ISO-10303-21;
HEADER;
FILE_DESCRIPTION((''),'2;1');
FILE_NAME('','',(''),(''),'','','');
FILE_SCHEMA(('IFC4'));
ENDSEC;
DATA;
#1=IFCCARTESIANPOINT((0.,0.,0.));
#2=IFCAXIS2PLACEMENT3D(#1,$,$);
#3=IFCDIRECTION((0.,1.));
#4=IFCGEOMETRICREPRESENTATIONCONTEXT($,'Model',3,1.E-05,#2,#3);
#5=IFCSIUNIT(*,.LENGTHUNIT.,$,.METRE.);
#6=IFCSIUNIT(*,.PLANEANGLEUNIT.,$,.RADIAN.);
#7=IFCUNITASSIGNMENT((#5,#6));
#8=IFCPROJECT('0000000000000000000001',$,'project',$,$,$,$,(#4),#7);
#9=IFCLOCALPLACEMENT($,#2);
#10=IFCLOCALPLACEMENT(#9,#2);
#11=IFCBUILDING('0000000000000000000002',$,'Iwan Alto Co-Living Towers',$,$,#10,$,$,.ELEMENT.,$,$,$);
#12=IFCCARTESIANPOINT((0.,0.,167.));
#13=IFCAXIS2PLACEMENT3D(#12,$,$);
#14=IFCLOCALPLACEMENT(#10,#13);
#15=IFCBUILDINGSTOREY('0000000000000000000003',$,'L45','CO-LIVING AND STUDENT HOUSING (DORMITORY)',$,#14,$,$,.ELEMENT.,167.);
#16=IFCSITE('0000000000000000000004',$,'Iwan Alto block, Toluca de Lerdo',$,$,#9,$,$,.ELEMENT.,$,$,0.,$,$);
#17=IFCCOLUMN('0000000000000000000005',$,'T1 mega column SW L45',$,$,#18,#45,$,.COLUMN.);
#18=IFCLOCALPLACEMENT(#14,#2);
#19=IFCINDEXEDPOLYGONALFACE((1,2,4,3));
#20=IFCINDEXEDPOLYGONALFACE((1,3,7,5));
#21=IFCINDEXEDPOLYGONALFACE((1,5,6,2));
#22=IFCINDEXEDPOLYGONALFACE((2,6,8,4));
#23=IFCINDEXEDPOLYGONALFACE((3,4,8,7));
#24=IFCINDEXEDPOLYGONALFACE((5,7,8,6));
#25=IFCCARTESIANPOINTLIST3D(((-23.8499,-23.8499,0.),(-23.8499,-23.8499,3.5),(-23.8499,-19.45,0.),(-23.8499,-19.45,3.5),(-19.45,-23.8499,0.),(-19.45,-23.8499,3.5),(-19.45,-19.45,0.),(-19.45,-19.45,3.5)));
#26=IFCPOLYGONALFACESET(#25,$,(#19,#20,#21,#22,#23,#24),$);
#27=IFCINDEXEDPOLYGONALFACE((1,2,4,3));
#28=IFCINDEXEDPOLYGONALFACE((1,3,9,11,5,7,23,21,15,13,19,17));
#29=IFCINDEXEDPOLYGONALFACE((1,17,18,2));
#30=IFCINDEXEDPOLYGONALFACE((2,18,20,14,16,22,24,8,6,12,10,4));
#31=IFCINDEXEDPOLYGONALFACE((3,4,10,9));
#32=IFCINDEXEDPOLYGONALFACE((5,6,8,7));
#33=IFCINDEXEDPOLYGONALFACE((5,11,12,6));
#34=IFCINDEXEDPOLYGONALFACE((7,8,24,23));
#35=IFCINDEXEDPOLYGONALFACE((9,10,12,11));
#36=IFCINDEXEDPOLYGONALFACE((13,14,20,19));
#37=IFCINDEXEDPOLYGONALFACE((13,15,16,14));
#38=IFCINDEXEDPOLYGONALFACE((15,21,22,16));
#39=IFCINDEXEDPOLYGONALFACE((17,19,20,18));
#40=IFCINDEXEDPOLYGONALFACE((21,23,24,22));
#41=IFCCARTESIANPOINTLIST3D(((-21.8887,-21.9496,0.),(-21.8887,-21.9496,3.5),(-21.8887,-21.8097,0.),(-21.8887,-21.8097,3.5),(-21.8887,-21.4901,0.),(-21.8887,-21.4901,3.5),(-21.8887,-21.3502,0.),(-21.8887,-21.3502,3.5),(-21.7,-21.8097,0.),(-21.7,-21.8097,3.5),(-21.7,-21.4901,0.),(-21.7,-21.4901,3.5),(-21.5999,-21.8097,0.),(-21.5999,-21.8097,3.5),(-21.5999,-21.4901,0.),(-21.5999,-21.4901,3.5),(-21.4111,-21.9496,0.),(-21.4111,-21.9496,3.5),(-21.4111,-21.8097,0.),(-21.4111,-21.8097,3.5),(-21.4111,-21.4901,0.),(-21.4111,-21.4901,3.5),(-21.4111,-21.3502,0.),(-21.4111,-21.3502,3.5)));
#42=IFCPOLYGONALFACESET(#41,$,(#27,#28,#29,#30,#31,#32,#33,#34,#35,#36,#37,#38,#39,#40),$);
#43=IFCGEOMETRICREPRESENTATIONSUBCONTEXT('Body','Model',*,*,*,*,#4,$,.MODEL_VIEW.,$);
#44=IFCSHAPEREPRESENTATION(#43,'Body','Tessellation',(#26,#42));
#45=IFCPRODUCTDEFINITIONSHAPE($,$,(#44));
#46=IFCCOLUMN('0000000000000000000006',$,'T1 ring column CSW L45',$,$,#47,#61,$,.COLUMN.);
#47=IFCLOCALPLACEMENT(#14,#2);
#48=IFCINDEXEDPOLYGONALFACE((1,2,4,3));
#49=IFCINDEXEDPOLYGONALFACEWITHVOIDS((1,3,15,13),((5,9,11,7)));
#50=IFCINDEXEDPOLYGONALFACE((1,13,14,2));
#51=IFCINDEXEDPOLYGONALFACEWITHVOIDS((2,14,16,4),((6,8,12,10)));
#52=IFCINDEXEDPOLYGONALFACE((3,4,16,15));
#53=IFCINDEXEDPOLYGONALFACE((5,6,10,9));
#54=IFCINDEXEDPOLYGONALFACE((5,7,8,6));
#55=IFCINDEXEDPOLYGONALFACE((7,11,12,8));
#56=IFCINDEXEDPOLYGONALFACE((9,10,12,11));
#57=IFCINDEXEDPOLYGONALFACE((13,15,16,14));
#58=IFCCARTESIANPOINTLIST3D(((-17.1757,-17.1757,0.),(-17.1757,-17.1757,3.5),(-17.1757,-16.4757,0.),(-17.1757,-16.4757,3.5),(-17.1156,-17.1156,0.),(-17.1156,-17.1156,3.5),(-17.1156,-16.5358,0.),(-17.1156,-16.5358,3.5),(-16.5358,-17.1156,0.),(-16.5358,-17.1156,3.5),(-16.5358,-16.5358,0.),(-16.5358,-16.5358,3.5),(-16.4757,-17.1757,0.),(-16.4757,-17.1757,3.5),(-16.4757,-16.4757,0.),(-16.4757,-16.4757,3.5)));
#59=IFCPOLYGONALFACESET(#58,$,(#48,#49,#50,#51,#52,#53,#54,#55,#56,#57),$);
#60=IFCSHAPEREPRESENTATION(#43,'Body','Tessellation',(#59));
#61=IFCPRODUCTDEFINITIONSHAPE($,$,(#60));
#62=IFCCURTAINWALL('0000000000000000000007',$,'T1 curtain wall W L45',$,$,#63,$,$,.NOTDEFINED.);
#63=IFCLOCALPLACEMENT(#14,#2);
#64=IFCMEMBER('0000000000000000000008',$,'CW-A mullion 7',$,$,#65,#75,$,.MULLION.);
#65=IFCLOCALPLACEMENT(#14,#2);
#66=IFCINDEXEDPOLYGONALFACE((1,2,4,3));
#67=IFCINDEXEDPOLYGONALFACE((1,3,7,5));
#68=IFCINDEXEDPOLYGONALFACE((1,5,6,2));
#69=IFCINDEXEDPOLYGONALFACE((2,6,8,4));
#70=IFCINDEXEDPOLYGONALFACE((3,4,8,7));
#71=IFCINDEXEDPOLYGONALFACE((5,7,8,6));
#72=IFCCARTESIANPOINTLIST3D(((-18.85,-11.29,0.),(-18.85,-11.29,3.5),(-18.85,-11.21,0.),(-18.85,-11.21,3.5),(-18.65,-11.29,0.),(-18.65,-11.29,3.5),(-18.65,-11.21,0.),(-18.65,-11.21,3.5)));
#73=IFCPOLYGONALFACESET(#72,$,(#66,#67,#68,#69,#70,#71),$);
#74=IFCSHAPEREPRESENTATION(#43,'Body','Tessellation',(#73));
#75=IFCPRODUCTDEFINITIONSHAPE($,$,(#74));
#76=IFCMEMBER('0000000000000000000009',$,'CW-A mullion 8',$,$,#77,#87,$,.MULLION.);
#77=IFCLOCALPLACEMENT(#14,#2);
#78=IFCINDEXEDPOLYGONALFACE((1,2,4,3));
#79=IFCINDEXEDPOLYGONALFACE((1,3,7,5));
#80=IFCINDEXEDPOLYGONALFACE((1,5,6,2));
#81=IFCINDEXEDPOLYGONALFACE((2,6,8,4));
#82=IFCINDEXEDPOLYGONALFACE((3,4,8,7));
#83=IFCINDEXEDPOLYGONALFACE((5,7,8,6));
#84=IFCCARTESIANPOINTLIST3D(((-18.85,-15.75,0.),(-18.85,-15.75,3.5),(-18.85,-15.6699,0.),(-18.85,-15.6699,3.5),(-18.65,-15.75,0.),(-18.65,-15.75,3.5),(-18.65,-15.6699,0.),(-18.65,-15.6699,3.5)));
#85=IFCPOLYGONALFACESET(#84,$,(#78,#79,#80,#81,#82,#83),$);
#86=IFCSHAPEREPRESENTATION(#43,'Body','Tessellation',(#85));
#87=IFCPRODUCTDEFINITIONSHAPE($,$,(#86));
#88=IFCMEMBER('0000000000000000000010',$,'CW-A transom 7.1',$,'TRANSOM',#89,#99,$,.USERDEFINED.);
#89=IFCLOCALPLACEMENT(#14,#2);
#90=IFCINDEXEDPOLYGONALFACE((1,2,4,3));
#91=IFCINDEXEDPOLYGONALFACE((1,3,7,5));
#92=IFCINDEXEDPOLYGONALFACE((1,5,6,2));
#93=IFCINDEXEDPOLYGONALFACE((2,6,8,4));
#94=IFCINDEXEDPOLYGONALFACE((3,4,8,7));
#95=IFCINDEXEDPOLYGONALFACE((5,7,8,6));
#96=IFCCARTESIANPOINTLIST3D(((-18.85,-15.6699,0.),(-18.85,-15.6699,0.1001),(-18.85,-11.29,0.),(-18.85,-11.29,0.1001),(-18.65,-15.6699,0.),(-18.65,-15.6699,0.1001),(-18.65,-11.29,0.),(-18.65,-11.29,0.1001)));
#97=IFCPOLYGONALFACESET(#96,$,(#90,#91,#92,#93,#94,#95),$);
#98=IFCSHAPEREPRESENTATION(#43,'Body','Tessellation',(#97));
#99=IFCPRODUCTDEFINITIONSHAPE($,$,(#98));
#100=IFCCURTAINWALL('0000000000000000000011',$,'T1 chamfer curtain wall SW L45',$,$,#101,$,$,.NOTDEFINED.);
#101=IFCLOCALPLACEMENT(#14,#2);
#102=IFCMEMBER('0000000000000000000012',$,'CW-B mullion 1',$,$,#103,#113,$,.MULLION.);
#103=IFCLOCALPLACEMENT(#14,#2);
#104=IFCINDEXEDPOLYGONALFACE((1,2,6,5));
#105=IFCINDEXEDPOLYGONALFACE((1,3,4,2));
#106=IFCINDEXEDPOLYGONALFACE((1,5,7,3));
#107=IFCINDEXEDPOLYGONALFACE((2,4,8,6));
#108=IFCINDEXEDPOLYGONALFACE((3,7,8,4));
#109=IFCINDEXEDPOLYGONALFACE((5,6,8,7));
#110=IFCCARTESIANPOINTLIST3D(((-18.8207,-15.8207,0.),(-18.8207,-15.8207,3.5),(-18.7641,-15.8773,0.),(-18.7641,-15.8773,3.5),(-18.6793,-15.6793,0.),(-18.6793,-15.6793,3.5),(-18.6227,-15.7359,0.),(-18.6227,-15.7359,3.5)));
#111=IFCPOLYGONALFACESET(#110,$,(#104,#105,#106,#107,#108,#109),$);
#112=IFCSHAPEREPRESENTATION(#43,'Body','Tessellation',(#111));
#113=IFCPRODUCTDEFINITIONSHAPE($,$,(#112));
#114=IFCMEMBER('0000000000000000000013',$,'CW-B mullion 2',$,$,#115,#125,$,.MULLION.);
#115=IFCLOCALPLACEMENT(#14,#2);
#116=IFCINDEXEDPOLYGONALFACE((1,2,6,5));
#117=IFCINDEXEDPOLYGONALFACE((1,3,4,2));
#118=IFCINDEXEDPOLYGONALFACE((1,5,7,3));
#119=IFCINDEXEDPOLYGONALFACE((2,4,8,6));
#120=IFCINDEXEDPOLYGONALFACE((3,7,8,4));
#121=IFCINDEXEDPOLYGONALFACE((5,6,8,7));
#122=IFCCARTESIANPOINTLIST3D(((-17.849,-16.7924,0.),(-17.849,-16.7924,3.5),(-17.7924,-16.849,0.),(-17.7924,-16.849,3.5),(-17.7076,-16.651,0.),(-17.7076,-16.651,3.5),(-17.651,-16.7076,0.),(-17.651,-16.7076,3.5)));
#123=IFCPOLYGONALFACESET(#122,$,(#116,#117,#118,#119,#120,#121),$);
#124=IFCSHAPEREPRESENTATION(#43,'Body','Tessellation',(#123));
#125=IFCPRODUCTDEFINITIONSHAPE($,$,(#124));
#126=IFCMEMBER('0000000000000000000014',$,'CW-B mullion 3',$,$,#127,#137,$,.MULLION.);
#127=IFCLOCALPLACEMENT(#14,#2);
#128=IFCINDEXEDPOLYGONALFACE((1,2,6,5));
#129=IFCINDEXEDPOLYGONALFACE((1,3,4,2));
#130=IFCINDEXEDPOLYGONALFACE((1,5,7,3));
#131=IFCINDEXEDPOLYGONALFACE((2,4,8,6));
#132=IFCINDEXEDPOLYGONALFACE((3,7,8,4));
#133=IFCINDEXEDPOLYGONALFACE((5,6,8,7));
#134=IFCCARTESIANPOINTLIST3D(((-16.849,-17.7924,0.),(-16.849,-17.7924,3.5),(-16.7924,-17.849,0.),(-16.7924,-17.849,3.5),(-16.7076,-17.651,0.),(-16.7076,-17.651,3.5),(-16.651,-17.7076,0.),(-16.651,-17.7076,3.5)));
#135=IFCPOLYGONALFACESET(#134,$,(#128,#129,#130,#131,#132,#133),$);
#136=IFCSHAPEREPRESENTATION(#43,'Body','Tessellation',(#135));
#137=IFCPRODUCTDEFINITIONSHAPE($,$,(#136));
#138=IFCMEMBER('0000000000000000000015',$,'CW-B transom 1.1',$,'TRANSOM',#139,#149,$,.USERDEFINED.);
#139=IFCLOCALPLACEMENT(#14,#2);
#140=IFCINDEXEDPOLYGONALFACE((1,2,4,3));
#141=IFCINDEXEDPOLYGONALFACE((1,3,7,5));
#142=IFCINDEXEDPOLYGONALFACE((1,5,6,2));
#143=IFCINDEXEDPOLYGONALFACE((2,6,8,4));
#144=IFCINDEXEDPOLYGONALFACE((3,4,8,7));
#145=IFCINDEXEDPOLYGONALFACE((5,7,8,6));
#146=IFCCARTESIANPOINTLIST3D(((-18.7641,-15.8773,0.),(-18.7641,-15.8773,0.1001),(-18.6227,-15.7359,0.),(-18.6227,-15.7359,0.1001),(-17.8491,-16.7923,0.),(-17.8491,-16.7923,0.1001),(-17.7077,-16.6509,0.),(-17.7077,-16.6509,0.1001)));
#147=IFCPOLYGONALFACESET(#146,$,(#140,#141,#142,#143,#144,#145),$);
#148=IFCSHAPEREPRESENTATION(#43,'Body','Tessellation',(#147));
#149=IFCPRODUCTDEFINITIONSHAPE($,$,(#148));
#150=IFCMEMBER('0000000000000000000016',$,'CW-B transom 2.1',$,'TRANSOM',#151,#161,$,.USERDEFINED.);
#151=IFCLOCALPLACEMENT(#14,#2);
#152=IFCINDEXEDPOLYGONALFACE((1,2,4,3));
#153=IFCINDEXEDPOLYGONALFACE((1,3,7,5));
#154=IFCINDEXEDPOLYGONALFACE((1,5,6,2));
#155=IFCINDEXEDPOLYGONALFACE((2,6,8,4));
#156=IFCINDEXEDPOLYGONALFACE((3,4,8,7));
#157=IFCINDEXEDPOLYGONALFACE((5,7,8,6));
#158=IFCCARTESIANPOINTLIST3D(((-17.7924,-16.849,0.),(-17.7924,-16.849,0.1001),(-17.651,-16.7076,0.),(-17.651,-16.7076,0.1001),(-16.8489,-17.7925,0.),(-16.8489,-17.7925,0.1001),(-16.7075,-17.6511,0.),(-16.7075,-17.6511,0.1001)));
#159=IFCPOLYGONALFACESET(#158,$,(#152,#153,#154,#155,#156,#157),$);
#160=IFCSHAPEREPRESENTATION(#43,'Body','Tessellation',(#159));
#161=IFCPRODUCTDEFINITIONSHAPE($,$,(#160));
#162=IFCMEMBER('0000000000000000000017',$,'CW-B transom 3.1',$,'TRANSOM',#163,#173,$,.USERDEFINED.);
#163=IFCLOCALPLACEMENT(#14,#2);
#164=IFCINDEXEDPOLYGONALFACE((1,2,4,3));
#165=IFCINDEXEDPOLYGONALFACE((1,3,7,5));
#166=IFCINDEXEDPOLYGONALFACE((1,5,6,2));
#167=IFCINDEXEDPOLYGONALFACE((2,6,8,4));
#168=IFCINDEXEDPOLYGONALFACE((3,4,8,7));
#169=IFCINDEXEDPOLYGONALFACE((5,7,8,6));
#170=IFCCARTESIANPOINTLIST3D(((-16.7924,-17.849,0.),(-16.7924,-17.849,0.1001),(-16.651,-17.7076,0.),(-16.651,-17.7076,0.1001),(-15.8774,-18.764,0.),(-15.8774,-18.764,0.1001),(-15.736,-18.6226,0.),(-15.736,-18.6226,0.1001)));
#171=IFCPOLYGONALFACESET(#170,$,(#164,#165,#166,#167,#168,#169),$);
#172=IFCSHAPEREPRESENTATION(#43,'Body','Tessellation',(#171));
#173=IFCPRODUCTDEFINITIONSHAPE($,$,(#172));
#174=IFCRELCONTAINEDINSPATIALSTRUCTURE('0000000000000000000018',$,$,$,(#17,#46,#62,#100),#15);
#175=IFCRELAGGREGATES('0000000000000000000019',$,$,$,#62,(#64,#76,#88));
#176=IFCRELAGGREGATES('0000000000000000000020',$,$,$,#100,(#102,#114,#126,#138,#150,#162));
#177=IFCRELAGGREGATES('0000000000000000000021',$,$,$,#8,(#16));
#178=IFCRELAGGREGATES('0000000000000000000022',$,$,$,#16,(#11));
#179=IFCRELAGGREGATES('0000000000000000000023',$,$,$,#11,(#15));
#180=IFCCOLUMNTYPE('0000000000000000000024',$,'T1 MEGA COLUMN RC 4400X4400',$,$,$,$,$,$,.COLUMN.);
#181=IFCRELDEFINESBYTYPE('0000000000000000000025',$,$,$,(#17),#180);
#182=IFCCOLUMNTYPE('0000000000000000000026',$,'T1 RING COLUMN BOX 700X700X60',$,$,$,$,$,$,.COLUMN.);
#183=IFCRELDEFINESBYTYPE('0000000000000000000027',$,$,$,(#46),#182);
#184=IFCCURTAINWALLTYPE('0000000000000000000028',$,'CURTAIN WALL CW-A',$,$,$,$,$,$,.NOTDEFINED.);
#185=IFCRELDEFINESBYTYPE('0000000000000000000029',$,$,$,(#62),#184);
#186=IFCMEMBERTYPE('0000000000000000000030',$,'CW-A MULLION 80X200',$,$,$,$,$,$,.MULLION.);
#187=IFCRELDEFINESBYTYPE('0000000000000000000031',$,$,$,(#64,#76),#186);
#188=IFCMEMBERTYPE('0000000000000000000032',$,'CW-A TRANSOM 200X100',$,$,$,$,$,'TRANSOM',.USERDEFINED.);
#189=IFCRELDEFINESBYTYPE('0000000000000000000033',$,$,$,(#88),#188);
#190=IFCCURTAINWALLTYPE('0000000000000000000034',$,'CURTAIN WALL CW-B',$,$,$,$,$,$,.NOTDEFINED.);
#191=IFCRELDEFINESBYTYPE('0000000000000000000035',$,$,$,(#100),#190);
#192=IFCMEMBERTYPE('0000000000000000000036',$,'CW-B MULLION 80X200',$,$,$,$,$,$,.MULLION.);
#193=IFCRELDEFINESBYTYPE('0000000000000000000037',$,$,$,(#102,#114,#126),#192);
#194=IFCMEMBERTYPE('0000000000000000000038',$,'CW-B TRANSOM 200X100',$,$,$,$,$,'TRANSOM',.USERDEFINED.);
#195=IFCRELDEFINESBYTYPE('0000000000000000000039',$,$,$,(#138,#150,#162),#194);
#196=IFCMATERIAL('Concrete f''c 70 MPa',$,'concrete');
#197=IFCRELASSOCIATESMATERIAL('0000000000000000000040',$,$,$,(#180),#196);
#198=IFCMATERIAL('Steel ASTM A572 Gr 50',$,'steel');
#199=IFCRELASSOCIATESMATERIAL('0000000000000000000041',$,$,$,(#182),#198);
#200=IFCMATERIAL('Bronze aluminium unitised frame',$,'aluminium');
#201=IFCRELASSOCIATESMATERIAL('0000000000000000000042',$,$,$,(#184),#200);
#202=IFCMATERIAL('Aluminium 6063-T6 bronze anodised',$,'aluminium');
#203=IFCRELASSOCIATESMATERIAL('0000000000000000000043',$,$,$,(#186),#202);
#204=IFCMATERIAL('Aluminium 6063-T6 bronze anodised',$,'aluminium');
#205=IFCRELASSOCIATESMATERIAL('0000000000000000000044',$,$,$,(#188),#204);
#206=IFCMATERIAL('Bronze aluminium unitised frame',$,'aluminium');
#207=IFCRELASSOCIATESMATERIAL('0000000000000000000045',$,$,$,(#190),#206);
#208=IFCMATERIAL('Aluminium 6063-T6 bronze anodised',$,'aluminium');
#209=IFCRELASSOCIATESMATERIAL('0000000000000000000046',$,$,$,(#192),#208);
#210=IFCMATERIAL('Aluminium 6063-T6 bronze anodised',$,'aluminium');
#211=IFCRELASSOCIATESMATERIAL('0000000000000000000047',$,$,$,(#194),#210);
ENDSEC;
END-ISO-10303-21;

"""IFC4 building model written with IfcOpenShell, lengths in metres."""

from ifc_helpers import new_model, si_unit, direction, frame, origin, origin_2d, place, context, subcontext, project, spatial, rectangle, hollow_rectangle, i_section, extrude, material, material_profile, profile_set, type_object, element, aggregate, save


model = new_model("IFC4")

# Units and contexts
model_context = context("Model", 3, precision=1e-05, world=origin(), true_north=direction((0.0, 1.0)))
body_context = subcontext(model_context, "Body", "Model", "MODEL_VIEW")
ifc_project = project(units=[si_unit("LENGTHUNIT", "METRE"), si_unit("PLANEANGLEUNIT", "RADIAN")], contexts=[model_context])

# Site, building, storey
site_placement = place(None, origin())
site = spatial("IfcSite", under=ifc_project, at=site_placement, Name="Iwan Alto block, Toluca de Lerdo", CompositionType="ELEMENT", RefElevation=0.0)
building_placement = place(site_placement, origin())
building = spatial("IfcBuilding", under=site, at=building_placement, Name="Iwan Alto Co-Living Towers", CompositionType="ELEMENT")
storey_placement = place(building_placement, frame((0.0, 0.0, 167.0)))
storey = spatial("IfcBuildingStorey", under=building, at=storey_placement, Name="L45", Description="CO-LIVING AND STUDENT HOUSING (DORMITORY)", CompositionType="ELEMENT", Elevation=167.0)

# Columns
ifc_material_1 = material(Name="Concrete f'c 70 MPa", Category="concrete")
ifc_material_profile_1 = material_profile(ifc_material_1, rectangle(XDim=4.3999, YDim=4.3999, at=origin_2d()), Name="RC 4400X4400")
ifc_profile_set_1 = profile_set([ifc_material_profile_1], Name="Concrete f'c 70 MPa")
column_type_1 = type_object("IfcColumnType", Name="T1 MEGA COLUMN RC 4400X4400", PredefinedType="COLUMN", material=ifc_profile_set_1)
column_1_placement = place(storey_placement, frame((-21.6499, -21.6499, 0.0), z_axis=(0.0, 0.0, 1.0), x_axis=(1.0, 0.0, 0.0)))
element("IfcColumn", 1, at=column_1_placement, inside=storey, type_object=column_type_1, Name="T1 mega column SW L45", PredefinedType="COLUMN", context=body_context, shape_type="SweptSolid", body=[
    extrude(rectangle(XDim=4.3999, YDim=4.3999, at=origin_2d()), origin(), (0.0, 0.0, 1.0), 3.5),
    extrude(i_section(OverallWidth=0.4775, OverallDepth=0.5994, WebThickness=0.1001, FlangeThickness=0.1399, at=origin_2d()), origin(), (0.0, 0.0, 1.0), 3.5),
])
ifc_material_2 = material(Name="Steel ASTM A572 Gr 50", Category="steel")
ifc_material_profile_2 = material_profile(ifc_material_2, hollow_rectangle(XDim=0.7, YDim=0.7, WallThickness=0.0601, at=origin_2d()), Name="BOX 700X700X60")
ifc_profile_set_2 = profile_set([ifc_material_profile_2], Name="Steel ASTM A572 Gr 50")
column_type_2 = type_object("IfcColumnType", Name="T1 RING COLUMN BOX 700X700X60", PredefinedType="COLUMN", material=ifc_profile_set_2)
column_2_placement = place(storey_placement, frame((-16.8257, -16.8257, 0.0), z_axis=(0.0, 0.0, 1.0), x_axis=(1.0, 0.0, 0.0)))
element("IfcColumn", 2, at=column_2_placement, inside=storey, type_object=column_type_2, Name="T1 ring column CSW L45", PredefinedType="COLUMN", context=body_context, shape_type="SweptSolid", body=[
    extrude(hollow_rectangle(XDim=0.7, YDim=0.7, WallThickness=0.0601, at=origin_2d()), origin(), (0.0, 0.0, 1.0), 3.5),
])

# Curtain walls, members
ifc_material_3 = material(Name="Bronze aluminium unitised frame", Category="aluminium")
curtain_wall_type_1 = type_object("IfcCurtainWallType", Name="CURTAIN WALL CW-A", PredefinedType="NOTDEFINED", material=ifc_material_3)
curtain_wall_1_placement = place(storey_placement, origin())
curtain_wall_1 = element("IfcCurtainWall", 3, at=curtain_wall_1_placement, inside=storey, type_object=curtain_wall_type_1, Name="T1 curtain wall W L45", PredefinedType="NOTDEFINED")
ifc_material_4 = material(Name="Aluminium 6063-T6 bronze anodised", Category="aluminium")
ifc_material_profile_3 = material_profile(ifc_material_4, rectangle(XDim=0.2, YDim=0.0801, at=origin_2d()), Name="AL 80X200")
ifc_profile_set_3 = profile_set([ifc_material_profile_3], Name="Aluminium 6063-T6 bronze anodised")
member_type_1 = type_object("IfcMemberType", Name="CW-A MULLION 80X200", PredefinedType="MULLION", material=ifc_profile_set_3)
member_1_placement = place(storey_placement, frame((-18.75, -11.25, 0.0), z_axis=(0.0, 0.0, 1.0), x_axis=(1.0, 0.0, 0.0)))
member_1 = element("IfcMember", 4, at=member_1_placement, type_object=member_type_1, Name="CW-A mullion 7", PredefinedType="MULLION", context=body_context, shape_type="SweptSolid", body=[
    extrude(rectangle(XDim=0.2, YDim=0.0801, at=origin_2d()), origin(), (0.0, 0.0, 1.0), 3.5),
])
member_2_placement = place(storey_placement, frame((-18.75, -15.71, 0.0), z_axis=(0.0, 0.0, 1.0), x_axis=(1.0, 0.0, 0.0)))
member_2 = element("IfcMember", 5, at=member_2_placement, type_object=member_type_1, Name="CW-A mullion 8", PredefinedType="MULLION", context=body_context, shape_type="SweptSolid", body=[
    extrude(rectangle(XDim=0.2, YDim=0.0801, at=origin_2d()), origin(), (0.0, 0.0, 1.0), 3.5),
])
ifc_material_5 = material(Name="Aluminium 6063-T6 bronze anodised", Category="aluminium")
ifc_material_profile_4 = material_profile(ifc_material_5, rectangle(XDim=0.2, YDim=0.1001, at=origin_2d()), Name="AL 200X100")
ifc_profile_set_4 = profile_set([ifc_material_profile_4], Name="Aluminium 6063-T6 bronze anodised")
member_type_2 = type_object("IfcMemberType", Name="CW-A TRANSOM 200X100", ElementType="TRANSOM", PredefinedType="USERDEFINED", material=ifc_profile_set_4)
member_3_placement = place(storey_placement, frame((-18.75, -11.29, 0.05), z_axis=(0.0, -1.0, 0.0), x_axis=(1.0, 0.0, 0.0)))
member_3 = element("IfcMember", 6, at=member_3_placement, type_object=member_type_2, Name="CW-A transom 7.1", ObjectType="TRANSOM", PredefinedType="USERDEFINED", context=body_context, shape_type="SweptSolid", body=[
    extrude(rectangle(XDim=0.2, YDim=0.1001, at=origin_2d()), origin(), (0.0, 0.0, 1.0), 4.3799),
])
ifc_material_6 = material(Name="Bronze aluminium unitised frame", Category="aluminium")
curtain_wall_type_2 = type_object("IfcCurtainWallType", Name="CURTAIN WALL CW-B", PredefinedType="NOTDEFINED", material=ifc_material_6)
curtain_wall_2_placement = place(storey_placement, origin())
curtain_wall_2 = element("IfcCurtainWall", 7, at=curtain_wall_2_placement, inside=storey, type_object=curtain_wall_type_2, Name="T1 chamfer curtain wall SW L45", PredefinedType="NOTDEFINED")
ifc_material_7 = material(Name="Aluminium 6063-T6 bronze anodised", Category="aluminium")
ifc_material_profile_5 = material_profile(ifc_material_7, rectangle(XDim=0.2, YDim=0.0801, at=origin_2d()), Name="AL 80X200")
ifc_profile_set_5 = profile_set([ifc_material_profile_5], Name="Aluminium 6063-T6 bronze anodised")
member_type_3 = type_object("IfcMemberType", Name="CW-B MULLION 80X200", PredefinedType="MULLION", material=ifc_profile_set_5)
member_4_placement = place(storey_placement, frame((-18.7217, -15.7783, 0.0), z_axis=(0.0, 0.0, 1.0), x_axis=(0.707107, 0.707107, 0.0)))
member_4 = element("IfcMember", 8, at=member_4_placement, type_object=member_type_3, Name="CW-B mullion 1", PredefinedType="MULLION", context=body_context, shape_type="SweptSolid", body=[
    extrude(rectangle(XDim=0.2, YDim=0.0801, at=origin_2d()), origin(), (0.0, 0.0, 1.0), 3.5),
])
member_5_placement = place(storey_placement, frame((-17.75, -16.75, 0.0), z_axis=(0.0, 0.0, 1.0), x_axis=(0.707107, 0.707107, 0.0)))
member_5 = element("IfcMember", 9, at=member_5_placement, type_object=member_type_3, Name="CW-B mullion 2", PredefinedType="MULLION", context=body_context, shape_type="SweptSolid", body=[
    extrude(rectangle(XDim=0.2, YDim=0.0801, at=origin_2d()), origin(), (0.0, 0.0, 1.0), 3.5),
])
member_6_placement = place(storey_placement, frame((-16.75, -17.75, 0.0), z_axis=(0.0, 0.0, 1.0), x_axis=(0.707107, 0.707107, 0.0)))
member_6 = element("IfcMember", 10, at=member_6_placement, type_object=member_type_3, Name="CW-B mullion 3", PredefinedType="MULLION", context=body_context, shape_type="SweptSolid", body=[
    extrude(rectangle(XDim=0.2, YDim=0.0801, at=origin_2d()), origin(), (0.0, 0.0, 1.0), 3.5),
])
ifc_material_8 = material(Name="Aluminium 6063-T6 bronze anodised", Category="aluminium")
ifc_material_profile_6 = material_profile(ifc_material_8, rectangle(XDim=0.2, YDim=0.1001, at=origin_2d()), Name="AL 200X100")
ifc_profile_set_6 = profile_set([ifc_material_profile_6], Name="Aluminium 6063-T6 bronze anodised")
member_type_4 = type_object("IfcMemberType", Name="CW-B TRANSOM 200X100", ElementType="TRANSOM", PredefinedType="USERDEFINED", material=ifc_profile_set_6)
member_7_placement = place(storey_placement, frame((-18.6934, -15.8066, 0.05), z_axis=(0.707107, -0.707107, 0.0), x_axis=(0.707107, 0.707107, 0.0)))
member_7 = element("IfcMember", 11, at=member_7_placement, type_object=member_type_4, Name="CW-B transom 1.1", ObjectType="TRANSOM", PredefinedType="USERDEFINED", context=body_context, shape_type="SweptSolid", body=[
    extrude(rectangle(XDim=0.2, YDim=0.1001, at=origin_2d()), origin(), (0.0, 0.0, 1.0), 1.2939),
])
member_8_placement = place(storey_placement, frame((-17.7217, -16.7783, 0.05), z_axis=(0.707107, -0.707107, 0.0), x_axis=(0.707107, 0.707107, 0.0)))
member_8 = element("IfcMember", 12, at=member_8_placement, type_object=member_type_4, Name="CW-B transom 2.1", ObjectType="TRANSOM", PredefinedType="USERDEFINED", context=body_context, shape_type="SweptSolid", body=[
    extrude(rectangle(XDim=0.2, YDim=0.1001, at=origin_2d()), origin(), (0.0, 0.0, 1.0), 1.3342),
])
member_9_placement = place(storey_placement, frame((-16.7217, -17.7783, 0.05), z_axis=(0.707107, -0.707107, 0.0), x_axis=(0.707107, 0.707107, 0.0)))
member_9 = element("IfcMember", 13, at=member_9_placement, type_object=member_type_4, Name="CW-B transom 3.1", ObjectType="TRANSOM", PredefinedType="USERDEFINED", context=body_context, shape_type="SweptSolid", body=[
    extrude(rectangle(XDim=0.2, YDim=0.1001, at=origin_2d()), origin(), (0.0, 0.0, 1.0), 1.2939),
])

aggregate(curtain_wall_1, [member_1, member_2, member_3])
aggregate(curtain_wall_2, [member_4, member_5, member_6, member_7, member_8, member_9])

save(model, "model.ifc")
